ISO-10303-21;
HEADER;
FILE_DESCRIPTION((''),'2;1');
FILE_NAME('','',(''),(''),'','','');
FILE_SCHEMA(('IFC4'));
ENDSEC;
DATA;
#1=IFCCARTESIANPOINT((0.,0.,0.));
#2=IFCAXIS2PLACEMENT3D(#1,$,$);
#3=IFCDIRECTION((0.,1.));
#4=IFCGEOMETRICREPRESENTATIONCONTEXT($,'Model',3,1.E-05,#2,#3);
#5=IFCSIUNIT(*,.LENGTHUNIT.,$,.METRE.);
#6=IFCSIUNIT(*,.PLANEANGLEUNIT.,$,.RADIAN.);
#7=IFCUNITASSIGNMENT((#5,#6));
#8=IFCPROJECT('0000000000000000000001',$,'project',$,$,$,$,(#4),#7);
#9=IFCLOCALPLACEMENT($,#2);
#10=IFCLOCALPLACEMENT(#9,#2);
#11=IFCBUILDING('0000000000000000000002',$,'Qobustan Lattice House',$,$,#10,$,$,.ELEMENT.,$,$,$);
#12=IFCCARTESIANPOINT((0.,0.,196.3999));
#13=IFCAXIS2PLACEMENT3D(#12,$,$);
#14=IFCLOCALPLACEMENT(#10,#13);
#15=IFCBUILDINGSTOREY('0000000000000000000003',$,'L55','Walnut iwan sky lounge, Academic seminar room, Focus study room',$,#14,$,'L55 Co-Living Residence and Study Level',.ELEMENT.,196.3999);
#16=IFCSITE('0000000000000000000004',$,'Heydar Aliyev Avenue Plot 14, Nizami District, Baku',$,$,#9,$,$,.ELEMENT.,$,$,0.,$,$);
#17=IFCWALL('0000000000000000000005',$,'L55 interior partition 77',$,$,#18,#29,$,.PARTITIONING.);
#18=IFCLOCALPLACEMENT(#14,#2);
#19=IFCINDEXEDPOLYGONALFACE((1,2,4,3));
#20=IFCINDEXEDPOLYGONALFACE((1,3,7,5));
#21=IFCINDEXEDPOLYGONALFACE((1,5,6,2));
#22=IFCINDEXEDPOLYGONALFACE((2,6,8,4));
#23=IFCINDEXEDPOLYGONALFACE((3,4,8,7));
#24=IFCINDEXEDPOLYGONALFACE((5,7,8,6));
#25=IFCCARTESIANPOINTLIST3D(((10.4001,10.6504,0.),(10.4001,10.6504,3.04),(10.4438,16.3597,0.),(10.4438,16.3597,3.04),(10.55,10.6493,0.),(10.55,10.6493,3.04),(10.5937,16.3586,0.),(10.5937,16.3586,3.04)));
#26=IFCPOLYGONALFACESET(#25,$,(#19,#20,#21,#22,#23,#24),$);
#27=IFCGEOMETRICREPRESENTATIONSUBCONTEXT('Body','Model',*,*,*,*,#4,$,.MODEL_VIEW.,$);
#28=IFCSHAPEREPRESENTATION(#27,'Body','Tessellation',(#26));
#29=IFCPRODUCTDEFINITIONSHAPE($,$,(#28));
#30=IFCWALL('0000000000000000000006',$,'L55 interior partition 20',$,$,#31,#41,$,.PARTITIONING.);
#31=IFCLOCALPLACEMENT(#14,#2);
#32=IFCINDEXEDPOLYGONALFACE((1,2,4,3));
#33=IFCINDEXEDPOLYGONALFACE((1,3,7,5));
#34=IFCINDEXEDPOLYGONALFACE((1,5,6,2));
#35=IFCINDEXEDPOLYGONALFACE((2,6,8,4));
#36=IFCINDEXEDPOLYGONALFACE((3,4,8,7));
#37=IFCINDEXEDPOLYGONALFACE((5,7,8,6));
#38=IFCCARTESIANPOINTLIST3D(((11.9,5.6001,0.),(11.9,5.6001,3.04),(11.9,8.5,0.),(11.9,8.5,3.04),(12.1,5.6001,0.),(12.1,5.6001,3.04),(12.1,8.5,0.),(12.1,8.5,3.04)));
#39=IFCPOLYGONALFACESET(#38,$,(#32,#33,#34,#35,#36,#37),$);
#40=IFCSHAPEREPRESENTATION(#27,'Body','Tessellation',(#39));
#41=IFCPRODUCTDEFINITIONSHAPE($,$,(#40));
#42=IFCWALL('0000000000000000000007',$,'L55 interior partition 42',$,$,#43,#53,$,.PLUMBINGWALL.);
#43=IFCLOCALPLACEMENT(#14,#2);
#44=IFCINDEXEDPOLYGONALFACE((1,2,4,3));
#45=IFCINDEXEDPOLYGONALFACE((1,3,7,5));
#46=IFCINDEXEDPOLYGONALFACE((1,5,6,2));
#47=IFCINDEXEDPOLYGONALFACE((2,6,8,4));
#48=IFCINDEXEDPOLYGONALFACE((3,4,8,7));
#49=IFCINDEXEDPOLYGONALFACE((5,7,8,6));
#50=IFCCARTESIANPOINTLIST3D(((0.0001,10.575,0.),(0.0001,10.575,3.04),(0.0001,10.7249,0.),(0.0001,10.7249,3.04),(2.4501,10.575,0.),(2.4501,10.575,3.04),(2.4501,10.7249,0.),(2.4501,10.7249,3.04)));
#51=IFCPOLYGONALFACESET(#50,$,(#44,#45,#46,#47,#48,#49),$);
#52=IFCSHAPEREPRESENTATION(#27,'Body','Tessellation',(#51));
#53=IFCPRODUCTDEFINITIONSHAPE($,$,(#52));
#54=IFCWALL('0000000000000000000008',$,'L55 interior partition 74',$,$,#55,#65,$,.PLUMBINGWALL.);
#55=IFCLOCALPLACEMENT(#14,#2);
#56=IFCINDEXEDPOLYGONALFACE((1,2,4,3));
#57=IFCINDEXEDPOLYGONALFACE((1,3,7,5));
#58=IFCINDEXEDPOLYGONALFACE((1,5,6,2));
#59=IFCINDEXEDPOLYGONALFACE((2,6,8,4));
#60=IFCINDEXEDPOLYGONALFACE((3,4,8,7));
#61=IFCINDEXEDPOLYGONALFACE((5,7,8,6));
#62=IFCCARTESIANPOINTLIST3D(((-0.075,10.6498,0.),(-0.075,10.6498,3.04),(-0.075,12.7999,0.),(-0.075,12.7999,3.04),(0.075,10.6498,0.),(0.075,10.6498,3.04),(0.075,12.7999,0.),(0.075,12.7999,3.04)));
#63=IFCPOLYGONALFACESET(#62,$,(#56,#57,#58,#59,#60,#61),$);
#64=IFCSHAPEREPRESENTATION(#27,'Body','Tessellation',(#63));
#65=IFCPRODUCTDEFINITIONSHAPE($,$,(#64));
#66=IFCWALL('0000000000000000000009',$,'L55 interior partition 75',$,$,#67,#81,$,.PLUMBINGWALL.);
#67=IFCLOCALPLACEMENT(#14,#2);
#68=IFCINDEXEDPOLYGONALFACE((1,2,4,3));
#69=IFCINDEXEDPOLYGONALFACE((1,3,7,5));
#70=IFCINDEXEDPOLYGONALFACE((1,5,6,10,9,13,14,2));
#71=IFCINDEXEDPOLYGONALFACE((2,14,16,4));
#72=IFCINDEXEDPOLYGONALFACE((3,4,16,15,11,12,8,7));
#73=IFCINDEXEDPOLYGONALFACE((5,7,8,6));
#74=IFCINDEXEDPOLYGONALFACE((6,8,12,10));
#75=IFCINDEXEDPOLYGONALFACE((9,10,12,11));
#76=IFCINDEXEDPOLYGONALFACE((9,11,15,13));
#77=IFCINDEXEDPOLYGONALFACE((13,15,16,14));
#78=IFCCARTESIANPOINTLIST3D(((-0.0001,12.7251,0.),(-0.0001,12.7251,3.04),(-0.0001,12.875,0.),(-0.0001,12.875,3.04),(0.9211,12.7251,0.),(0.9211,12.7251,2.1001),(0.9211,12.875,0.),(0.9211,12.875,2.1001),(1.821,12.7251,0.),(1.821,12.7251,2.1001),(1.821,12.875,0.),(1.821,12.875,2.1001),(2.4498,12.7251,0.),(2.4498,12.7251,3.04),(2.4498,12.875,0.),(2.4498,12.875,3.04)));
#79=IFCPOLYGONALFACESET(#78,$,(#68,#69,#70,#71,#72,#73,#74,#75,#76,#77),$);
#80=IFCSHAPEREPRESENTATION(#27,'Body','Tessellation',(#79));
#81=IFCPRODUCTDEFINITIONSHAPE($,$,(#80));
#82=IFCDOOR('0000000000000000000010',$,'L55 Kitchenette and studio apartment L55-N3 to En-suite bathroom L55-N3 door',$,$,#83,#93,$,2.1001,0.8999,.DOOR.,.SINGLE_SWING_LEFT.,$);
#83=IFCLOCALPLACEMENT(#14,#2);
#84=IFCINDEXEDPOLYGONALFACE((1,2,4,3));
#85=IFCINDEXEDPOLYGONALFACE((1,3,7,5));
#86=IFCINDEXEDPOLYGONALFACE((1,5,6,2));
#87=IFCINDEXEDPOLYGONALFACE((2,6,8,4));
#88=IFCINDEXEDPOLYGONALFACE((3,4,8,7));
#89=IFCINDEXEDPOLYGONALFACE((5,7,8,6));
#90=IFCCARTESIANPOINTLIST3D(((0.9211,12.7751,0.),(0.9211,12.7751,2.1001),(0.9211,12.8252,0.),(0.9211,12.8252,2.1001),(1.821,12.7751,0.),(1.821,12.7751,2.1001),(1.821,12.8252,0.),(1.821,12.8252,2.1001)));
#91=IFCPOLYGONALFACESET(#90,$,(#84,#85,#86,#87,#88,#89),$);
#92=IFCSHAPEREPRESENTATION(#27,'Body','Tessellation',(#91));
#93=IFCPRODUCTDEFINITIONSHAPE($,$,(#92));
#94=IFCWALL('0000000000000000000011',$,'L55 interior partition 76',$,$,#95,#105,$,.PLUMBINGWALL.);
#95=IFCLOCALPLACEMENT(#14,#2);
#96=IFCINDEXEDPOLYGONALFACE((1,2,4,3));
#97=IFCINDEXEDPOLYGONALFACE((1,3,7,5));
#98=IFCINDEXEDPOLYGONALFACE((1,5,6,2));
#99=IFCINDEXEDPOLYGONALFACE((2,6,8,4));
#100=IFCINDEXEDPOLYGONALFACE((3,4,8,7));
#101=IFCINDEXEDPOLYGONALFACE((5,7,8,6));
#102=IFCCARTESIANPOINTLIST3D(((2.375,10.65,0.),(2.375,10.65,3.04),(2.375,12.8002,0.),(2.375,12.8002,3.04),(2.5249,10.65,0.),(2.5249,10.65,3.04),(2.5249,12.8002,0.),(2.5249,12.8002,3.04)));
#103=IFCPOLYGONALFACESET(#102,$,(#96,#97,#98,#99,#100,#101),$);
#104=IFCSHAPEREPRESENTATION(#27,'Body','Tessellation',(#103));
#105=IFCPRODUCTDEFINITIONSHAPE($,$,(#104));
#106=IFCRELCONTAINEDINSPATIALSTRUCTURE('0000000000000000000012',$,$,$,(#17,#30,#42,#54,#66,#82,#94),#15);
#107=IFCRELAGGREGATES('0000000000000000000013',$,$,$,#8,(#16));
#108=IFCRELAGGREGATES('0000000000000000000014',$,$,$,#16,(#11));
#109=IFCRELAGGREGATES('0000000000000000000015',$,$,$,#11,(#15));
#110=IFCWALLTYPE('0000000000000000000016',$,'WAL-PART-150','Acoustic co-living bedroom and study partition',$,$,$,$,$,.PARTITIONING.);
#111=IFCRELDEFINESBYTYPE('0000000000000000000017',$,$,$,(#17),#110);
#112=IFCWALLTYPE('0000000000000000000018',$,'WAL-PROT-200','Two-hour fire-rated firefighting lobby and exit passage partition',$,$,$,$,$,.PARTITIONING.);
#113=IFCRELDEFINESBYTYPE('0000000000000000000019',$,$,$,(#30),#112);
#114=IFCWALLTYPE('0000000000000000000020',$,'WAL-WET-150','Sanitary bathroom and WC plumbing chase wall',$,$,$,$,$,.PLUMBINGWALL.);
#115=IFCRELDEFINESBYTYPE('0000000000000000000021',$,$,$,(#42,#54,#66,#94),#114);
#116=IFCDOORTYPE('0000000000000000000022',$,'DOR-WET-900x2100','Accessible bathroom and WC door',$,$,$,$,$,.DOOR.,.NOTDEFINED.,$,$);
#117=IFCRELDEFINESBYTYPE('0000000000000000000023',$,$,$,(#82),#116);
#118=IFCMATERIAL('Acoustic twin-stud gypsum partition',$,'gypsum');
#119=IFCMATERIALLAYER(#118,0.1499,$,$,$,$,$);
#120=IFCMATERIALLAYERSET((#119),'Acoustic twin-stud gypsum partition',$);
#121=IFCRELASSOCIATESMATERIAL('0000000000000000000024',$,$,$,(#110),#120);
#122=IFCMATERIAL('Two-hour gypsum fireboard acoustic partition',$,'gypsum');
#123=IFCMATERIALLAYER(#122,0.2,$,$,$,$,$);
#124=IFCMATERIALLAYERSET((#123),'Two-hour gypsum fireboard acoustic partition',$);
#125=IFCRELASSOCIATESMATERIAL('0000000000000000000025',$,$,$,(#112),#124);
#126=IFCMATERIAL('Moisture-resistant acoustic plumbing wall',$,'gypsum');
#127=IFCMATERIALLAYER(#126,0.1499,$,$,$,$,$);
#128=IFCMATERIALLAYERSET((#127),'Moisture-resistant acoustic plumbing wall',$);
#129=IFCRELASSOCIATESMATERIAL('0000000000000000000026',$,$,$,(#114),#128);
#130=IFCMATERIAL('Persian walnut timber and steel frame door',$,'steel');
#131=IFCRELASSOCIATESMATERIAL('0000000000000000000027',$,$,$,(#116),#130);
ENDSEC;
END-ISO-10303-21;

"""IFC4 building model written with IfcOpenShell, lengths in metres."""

from ifc_helpers import new_model, si_unit, direction, frame, frame_2d, origin, place, context, subcontext, project, spatial, rectangle, extrude, material, layer, layer_set, type_object, element, fill, save


model = new_model("IFC4")

# Units and contexts
model_context = context("Model", 3, precision=1e-05, world=origin(), true_north=direction((0.0, 1.0)))
body_context = subcontext(model_context, "Body", "Model", "MODEL_VIEW")
ifc_project = project(units=[si_unit("LENGTHUNIT", "METRE"), si_unit("PLANEANGLEUNIT", "RADIAN")], contexts=[model_context])

# Site, building, storey
site_placement = place(None, origin())
site = spatial("IfcSite", under=ifc_project, at=site_placement, Name="Heydar Aliyev Avenue Plot 14, Nizami District, Baku", CompositionType="ELEMENT", RefElevation=0.0)
building_placement = place(site_placement, origin())
building = spatial("IfcBuilding", under=site, at=building_placement, Name="Qobustan Lattice House", CompositionType="ELEMENT")
storey_placement = place(building_placement, frame((0.0, 0.0, 196.3999)))
storey = spatial("IfcBuildingStorey", under=building, at=storey_placement, Name="L55", Description="Walnut iwan sky lounge, Academic seminar room, Focus study room", LongName="L55 Co-Living Residence and Study Level", CompositionType="ELEMENT", Elevation=196.3999)

# Shared definitions
ifc_material_1 = material(Name="Acoustic twin-stud gypsum partition", Category="gypsum")
ifc_layer_1 = layer(ifc_material_1, 0.1499)
ifc_layer_set_1 = layer_set([ifc_layer_1], Name="Acoustic twin-stud gypsum partition")
wall_type_1 = type_object("IfcWallType", Name="WAL-PART-150", Description="Acoustic co-living bedroom and study partition", PredefinedType="PARTITIONING", material=ifc_layer_set_1)

# Walls
wall_1_placement = place(storey_placement, frame((10.5188, 16.3591, 0.0), z_axis=(0.0, 0.0, 1.0), x_axis=(-0.007654, -0.999971, 0.0)))
element("IfcWall", 1, at=wall_1_placement, inside=storey, type_object=wall_type_1, Name="L55 interior partition 77", PredefinedType="PARTITIONING", context=body_context, shape_type="SweptSolid", body=[
    extrude(rectangle(XDim=5.7095, YDim=0.1499, at=frame_2d((2.8547, 0.0))), origin(), (0.0, 0.0, 1.0), 3.04),
])
ifc_material_2 = material(Name="Two-hour gypsum fireboard acoustic partition", Category="gypsum")
ifc_layer_2 = layer(ifc_material_2, 0.2)
ifc_layer_set_2 = layer_set([ifc_layer_2], Name="Two-hour gypsum fireboard acoustic partition")
wall_type_2 = type_object("IfcWallType", Name="WAL-PROT-200", Description="Two-hour fire-rated firefighting lobby and exit passage partition", PredefinedType="PARTITIONING", material=ifc_layer_set_2)
wall_2_placement = place(storey_placement, frame((12.0, 8.5, 0.0), z_axis=(0.0, 0.0, 1.0), x_axis=(0.0, -1.0, 0.0)))
element("IfcWall", 2, at=wall_2_placement, inside=storey, type_object=wall_type_2, Name="L55 interior partition 20", PredefinedType="PARTITIONING", context=body_context, shape_type="SweptSolid", body=[
    extrude(rectangle(XDim=2.8999, YDim=0.2, at=frame_2d((1.45, 0.0))), origin(), (0.0, 0.0, 1.0), 3.04),
])
ifc_material_3 = material(Name="Moisture-resistant acoustic plumbing wall", Category="gypsum")
ifc_layer_3 = layer(ifc_material_3, 0.1499)
ifc_layer_set_3 = layer_set([ifc_layer_3], Name="Moisture-resistant acoustic plumbing wall")
wall_type_3 = type_object("IfcWallType", Name="WAL-WET-150", Description="Sanitary bathroom and WC plumbing chase wall", PredefinedType="PLUMBINGWALL", material=ifc_layer_set_3)
wall_3_placement = place(storey_placement, frame((0.0, 10.6499, 0.0), z_axis=(0.0, 0.0, 1.0), x_axis=(1.0, 0.0, 0.0)))
element("IfcWall", 3, at=wall_3_placement, inside=storey, type_object=wall_type_3, Name="L55 interior partition 42", PredefinedType="PLUMBINGWALL", context=body_context, shape_type="SweptSolid", body=[
    extrude(rectangle(XDim=2.45, YDim=0.1499, at=frame_2d((1.2251, 0.0))), origin(), (0.0, 0.0, 1.0), 3.04),
])
wall_4_placement = place(storey_placement, frame((0.0, 12.8, 0.0), z_axis=(0.0, 0.0, 1.0), x_axis=(0.0, -1.0, 0.0)))
element("IfcWall", 4, at=wall_4_placement, inside=storey, type_object=wall_type_3, Name="L55 interior partition 74", PredefinedType="PLUMBINGWALL", context=body_context, shape_type="SweptSolid", body=[
    extrude(rectangle(XDim=2.1501, YDim=0.1499, at=frame_2d((1.0752, 0.0))), origin(), (0.0, 0.0, 1.0), 3.04),
])

# Wall, opening, door
wall_5_placement = place(storey_placement, frame((2.45, 12.8, 0.0), z_axis=(0.0, 0.0, 1.0), x_axis=(-1.0, 0.0, 0.0)))
wall_5 = element("IfcWall", 5, at=wall_5_placement, inside=storey, type_object=wall_type_3, Name="L55 interior partition 75", PredefinedType="PLUMBINGWALL", context=body_context, shape_type="SweptSolid", body=[
    extrude(rectangle(XDim=2.45, YDim=0.1499, at=frame_2d((1.2251, 0.0))), origin(), (0.0, 0.0, 1.0), 3.04),
])
opening_1_placement = place(wall_5_placement, frame((0.6289, 0.0, 0.0)))
opening_1 = element("IfcOpeningElement", 6, at=opening_1_placement, cuts=wall_5, PredefinedType="OPENING", context=body_context, shape_type="SweptSolid", body=[
    extrude(rectangle(XDim=0.8999, YDim=2.1001, at=frame_2d((0.45, 1.05))), frame((0.0, 0.085, 0.0), z_axis=(0.0, -1.0, 0.0), x_axis=(1.0, 0.0, 0.0)), (0.0, 0.0, 1.0), 0.1699),
])
ifc_material_4 = material(Name="Persian walnut timber and steel frame door", Category="steel")
door_type_1 = type_object("IfcDoorType", Name="DOR-WET-900x2100", Description="Accessible bathroom and WC door", OperationType="NOTDEFINED", PredefinedType="DOOR", material=ifc_material_4)
door_1_placement = place(opening_1_placement, origin())
door_1 = element("IfcDoor", 7, at=door_1_placement, inside=storey, type_object=door_type_1, Name="L55 Kitchenette and studio apartment L55-N3 to En-suite bathroom L55-N3 door", OperationType="SINGLE_SWING_LEFT", OverallHeight=2.1001, OverallWidth=0.8999, PredefinedType="DOOR", context=body_context, shape_type="SweptSolid", body=[
    extrude(rectangle(XDim=0.8999, YDim=2.1001, at=frame_2d((0.45, 1.05))), frame((0.0, 0.0249, 0.0), z_axis=(0.0, -1.0, 0.0), x_axis=(1.0, 0.0, 0.0)), (0.0, 0.0, 1.0), 0.05),
])
fill(opening_1, door_1)

# Wall
wall_6_placement = place(storey_placement, frame((2.45, 10.6499, 0.0), z_axis=(0.0, 0.0, 1.0), x_axis=(0.0, 1.0, 0.0)))
element("IfcWall", 8, at=wall_6_placement, inside=storey, type_object=wall_type_3, Name="L55 interior partition 76", PredefinedType="PLUMBINGWALL", context=body_context, shape_type="SweptSolid", body=[
    extrude(rectangle(XDim=2.1501, YDim=0.1499, at=frame_2d((1.0752, 0.0))), origin(), (0.0, 0.0, 1.0), 3.04),
])

save(model, "model.ifc")
